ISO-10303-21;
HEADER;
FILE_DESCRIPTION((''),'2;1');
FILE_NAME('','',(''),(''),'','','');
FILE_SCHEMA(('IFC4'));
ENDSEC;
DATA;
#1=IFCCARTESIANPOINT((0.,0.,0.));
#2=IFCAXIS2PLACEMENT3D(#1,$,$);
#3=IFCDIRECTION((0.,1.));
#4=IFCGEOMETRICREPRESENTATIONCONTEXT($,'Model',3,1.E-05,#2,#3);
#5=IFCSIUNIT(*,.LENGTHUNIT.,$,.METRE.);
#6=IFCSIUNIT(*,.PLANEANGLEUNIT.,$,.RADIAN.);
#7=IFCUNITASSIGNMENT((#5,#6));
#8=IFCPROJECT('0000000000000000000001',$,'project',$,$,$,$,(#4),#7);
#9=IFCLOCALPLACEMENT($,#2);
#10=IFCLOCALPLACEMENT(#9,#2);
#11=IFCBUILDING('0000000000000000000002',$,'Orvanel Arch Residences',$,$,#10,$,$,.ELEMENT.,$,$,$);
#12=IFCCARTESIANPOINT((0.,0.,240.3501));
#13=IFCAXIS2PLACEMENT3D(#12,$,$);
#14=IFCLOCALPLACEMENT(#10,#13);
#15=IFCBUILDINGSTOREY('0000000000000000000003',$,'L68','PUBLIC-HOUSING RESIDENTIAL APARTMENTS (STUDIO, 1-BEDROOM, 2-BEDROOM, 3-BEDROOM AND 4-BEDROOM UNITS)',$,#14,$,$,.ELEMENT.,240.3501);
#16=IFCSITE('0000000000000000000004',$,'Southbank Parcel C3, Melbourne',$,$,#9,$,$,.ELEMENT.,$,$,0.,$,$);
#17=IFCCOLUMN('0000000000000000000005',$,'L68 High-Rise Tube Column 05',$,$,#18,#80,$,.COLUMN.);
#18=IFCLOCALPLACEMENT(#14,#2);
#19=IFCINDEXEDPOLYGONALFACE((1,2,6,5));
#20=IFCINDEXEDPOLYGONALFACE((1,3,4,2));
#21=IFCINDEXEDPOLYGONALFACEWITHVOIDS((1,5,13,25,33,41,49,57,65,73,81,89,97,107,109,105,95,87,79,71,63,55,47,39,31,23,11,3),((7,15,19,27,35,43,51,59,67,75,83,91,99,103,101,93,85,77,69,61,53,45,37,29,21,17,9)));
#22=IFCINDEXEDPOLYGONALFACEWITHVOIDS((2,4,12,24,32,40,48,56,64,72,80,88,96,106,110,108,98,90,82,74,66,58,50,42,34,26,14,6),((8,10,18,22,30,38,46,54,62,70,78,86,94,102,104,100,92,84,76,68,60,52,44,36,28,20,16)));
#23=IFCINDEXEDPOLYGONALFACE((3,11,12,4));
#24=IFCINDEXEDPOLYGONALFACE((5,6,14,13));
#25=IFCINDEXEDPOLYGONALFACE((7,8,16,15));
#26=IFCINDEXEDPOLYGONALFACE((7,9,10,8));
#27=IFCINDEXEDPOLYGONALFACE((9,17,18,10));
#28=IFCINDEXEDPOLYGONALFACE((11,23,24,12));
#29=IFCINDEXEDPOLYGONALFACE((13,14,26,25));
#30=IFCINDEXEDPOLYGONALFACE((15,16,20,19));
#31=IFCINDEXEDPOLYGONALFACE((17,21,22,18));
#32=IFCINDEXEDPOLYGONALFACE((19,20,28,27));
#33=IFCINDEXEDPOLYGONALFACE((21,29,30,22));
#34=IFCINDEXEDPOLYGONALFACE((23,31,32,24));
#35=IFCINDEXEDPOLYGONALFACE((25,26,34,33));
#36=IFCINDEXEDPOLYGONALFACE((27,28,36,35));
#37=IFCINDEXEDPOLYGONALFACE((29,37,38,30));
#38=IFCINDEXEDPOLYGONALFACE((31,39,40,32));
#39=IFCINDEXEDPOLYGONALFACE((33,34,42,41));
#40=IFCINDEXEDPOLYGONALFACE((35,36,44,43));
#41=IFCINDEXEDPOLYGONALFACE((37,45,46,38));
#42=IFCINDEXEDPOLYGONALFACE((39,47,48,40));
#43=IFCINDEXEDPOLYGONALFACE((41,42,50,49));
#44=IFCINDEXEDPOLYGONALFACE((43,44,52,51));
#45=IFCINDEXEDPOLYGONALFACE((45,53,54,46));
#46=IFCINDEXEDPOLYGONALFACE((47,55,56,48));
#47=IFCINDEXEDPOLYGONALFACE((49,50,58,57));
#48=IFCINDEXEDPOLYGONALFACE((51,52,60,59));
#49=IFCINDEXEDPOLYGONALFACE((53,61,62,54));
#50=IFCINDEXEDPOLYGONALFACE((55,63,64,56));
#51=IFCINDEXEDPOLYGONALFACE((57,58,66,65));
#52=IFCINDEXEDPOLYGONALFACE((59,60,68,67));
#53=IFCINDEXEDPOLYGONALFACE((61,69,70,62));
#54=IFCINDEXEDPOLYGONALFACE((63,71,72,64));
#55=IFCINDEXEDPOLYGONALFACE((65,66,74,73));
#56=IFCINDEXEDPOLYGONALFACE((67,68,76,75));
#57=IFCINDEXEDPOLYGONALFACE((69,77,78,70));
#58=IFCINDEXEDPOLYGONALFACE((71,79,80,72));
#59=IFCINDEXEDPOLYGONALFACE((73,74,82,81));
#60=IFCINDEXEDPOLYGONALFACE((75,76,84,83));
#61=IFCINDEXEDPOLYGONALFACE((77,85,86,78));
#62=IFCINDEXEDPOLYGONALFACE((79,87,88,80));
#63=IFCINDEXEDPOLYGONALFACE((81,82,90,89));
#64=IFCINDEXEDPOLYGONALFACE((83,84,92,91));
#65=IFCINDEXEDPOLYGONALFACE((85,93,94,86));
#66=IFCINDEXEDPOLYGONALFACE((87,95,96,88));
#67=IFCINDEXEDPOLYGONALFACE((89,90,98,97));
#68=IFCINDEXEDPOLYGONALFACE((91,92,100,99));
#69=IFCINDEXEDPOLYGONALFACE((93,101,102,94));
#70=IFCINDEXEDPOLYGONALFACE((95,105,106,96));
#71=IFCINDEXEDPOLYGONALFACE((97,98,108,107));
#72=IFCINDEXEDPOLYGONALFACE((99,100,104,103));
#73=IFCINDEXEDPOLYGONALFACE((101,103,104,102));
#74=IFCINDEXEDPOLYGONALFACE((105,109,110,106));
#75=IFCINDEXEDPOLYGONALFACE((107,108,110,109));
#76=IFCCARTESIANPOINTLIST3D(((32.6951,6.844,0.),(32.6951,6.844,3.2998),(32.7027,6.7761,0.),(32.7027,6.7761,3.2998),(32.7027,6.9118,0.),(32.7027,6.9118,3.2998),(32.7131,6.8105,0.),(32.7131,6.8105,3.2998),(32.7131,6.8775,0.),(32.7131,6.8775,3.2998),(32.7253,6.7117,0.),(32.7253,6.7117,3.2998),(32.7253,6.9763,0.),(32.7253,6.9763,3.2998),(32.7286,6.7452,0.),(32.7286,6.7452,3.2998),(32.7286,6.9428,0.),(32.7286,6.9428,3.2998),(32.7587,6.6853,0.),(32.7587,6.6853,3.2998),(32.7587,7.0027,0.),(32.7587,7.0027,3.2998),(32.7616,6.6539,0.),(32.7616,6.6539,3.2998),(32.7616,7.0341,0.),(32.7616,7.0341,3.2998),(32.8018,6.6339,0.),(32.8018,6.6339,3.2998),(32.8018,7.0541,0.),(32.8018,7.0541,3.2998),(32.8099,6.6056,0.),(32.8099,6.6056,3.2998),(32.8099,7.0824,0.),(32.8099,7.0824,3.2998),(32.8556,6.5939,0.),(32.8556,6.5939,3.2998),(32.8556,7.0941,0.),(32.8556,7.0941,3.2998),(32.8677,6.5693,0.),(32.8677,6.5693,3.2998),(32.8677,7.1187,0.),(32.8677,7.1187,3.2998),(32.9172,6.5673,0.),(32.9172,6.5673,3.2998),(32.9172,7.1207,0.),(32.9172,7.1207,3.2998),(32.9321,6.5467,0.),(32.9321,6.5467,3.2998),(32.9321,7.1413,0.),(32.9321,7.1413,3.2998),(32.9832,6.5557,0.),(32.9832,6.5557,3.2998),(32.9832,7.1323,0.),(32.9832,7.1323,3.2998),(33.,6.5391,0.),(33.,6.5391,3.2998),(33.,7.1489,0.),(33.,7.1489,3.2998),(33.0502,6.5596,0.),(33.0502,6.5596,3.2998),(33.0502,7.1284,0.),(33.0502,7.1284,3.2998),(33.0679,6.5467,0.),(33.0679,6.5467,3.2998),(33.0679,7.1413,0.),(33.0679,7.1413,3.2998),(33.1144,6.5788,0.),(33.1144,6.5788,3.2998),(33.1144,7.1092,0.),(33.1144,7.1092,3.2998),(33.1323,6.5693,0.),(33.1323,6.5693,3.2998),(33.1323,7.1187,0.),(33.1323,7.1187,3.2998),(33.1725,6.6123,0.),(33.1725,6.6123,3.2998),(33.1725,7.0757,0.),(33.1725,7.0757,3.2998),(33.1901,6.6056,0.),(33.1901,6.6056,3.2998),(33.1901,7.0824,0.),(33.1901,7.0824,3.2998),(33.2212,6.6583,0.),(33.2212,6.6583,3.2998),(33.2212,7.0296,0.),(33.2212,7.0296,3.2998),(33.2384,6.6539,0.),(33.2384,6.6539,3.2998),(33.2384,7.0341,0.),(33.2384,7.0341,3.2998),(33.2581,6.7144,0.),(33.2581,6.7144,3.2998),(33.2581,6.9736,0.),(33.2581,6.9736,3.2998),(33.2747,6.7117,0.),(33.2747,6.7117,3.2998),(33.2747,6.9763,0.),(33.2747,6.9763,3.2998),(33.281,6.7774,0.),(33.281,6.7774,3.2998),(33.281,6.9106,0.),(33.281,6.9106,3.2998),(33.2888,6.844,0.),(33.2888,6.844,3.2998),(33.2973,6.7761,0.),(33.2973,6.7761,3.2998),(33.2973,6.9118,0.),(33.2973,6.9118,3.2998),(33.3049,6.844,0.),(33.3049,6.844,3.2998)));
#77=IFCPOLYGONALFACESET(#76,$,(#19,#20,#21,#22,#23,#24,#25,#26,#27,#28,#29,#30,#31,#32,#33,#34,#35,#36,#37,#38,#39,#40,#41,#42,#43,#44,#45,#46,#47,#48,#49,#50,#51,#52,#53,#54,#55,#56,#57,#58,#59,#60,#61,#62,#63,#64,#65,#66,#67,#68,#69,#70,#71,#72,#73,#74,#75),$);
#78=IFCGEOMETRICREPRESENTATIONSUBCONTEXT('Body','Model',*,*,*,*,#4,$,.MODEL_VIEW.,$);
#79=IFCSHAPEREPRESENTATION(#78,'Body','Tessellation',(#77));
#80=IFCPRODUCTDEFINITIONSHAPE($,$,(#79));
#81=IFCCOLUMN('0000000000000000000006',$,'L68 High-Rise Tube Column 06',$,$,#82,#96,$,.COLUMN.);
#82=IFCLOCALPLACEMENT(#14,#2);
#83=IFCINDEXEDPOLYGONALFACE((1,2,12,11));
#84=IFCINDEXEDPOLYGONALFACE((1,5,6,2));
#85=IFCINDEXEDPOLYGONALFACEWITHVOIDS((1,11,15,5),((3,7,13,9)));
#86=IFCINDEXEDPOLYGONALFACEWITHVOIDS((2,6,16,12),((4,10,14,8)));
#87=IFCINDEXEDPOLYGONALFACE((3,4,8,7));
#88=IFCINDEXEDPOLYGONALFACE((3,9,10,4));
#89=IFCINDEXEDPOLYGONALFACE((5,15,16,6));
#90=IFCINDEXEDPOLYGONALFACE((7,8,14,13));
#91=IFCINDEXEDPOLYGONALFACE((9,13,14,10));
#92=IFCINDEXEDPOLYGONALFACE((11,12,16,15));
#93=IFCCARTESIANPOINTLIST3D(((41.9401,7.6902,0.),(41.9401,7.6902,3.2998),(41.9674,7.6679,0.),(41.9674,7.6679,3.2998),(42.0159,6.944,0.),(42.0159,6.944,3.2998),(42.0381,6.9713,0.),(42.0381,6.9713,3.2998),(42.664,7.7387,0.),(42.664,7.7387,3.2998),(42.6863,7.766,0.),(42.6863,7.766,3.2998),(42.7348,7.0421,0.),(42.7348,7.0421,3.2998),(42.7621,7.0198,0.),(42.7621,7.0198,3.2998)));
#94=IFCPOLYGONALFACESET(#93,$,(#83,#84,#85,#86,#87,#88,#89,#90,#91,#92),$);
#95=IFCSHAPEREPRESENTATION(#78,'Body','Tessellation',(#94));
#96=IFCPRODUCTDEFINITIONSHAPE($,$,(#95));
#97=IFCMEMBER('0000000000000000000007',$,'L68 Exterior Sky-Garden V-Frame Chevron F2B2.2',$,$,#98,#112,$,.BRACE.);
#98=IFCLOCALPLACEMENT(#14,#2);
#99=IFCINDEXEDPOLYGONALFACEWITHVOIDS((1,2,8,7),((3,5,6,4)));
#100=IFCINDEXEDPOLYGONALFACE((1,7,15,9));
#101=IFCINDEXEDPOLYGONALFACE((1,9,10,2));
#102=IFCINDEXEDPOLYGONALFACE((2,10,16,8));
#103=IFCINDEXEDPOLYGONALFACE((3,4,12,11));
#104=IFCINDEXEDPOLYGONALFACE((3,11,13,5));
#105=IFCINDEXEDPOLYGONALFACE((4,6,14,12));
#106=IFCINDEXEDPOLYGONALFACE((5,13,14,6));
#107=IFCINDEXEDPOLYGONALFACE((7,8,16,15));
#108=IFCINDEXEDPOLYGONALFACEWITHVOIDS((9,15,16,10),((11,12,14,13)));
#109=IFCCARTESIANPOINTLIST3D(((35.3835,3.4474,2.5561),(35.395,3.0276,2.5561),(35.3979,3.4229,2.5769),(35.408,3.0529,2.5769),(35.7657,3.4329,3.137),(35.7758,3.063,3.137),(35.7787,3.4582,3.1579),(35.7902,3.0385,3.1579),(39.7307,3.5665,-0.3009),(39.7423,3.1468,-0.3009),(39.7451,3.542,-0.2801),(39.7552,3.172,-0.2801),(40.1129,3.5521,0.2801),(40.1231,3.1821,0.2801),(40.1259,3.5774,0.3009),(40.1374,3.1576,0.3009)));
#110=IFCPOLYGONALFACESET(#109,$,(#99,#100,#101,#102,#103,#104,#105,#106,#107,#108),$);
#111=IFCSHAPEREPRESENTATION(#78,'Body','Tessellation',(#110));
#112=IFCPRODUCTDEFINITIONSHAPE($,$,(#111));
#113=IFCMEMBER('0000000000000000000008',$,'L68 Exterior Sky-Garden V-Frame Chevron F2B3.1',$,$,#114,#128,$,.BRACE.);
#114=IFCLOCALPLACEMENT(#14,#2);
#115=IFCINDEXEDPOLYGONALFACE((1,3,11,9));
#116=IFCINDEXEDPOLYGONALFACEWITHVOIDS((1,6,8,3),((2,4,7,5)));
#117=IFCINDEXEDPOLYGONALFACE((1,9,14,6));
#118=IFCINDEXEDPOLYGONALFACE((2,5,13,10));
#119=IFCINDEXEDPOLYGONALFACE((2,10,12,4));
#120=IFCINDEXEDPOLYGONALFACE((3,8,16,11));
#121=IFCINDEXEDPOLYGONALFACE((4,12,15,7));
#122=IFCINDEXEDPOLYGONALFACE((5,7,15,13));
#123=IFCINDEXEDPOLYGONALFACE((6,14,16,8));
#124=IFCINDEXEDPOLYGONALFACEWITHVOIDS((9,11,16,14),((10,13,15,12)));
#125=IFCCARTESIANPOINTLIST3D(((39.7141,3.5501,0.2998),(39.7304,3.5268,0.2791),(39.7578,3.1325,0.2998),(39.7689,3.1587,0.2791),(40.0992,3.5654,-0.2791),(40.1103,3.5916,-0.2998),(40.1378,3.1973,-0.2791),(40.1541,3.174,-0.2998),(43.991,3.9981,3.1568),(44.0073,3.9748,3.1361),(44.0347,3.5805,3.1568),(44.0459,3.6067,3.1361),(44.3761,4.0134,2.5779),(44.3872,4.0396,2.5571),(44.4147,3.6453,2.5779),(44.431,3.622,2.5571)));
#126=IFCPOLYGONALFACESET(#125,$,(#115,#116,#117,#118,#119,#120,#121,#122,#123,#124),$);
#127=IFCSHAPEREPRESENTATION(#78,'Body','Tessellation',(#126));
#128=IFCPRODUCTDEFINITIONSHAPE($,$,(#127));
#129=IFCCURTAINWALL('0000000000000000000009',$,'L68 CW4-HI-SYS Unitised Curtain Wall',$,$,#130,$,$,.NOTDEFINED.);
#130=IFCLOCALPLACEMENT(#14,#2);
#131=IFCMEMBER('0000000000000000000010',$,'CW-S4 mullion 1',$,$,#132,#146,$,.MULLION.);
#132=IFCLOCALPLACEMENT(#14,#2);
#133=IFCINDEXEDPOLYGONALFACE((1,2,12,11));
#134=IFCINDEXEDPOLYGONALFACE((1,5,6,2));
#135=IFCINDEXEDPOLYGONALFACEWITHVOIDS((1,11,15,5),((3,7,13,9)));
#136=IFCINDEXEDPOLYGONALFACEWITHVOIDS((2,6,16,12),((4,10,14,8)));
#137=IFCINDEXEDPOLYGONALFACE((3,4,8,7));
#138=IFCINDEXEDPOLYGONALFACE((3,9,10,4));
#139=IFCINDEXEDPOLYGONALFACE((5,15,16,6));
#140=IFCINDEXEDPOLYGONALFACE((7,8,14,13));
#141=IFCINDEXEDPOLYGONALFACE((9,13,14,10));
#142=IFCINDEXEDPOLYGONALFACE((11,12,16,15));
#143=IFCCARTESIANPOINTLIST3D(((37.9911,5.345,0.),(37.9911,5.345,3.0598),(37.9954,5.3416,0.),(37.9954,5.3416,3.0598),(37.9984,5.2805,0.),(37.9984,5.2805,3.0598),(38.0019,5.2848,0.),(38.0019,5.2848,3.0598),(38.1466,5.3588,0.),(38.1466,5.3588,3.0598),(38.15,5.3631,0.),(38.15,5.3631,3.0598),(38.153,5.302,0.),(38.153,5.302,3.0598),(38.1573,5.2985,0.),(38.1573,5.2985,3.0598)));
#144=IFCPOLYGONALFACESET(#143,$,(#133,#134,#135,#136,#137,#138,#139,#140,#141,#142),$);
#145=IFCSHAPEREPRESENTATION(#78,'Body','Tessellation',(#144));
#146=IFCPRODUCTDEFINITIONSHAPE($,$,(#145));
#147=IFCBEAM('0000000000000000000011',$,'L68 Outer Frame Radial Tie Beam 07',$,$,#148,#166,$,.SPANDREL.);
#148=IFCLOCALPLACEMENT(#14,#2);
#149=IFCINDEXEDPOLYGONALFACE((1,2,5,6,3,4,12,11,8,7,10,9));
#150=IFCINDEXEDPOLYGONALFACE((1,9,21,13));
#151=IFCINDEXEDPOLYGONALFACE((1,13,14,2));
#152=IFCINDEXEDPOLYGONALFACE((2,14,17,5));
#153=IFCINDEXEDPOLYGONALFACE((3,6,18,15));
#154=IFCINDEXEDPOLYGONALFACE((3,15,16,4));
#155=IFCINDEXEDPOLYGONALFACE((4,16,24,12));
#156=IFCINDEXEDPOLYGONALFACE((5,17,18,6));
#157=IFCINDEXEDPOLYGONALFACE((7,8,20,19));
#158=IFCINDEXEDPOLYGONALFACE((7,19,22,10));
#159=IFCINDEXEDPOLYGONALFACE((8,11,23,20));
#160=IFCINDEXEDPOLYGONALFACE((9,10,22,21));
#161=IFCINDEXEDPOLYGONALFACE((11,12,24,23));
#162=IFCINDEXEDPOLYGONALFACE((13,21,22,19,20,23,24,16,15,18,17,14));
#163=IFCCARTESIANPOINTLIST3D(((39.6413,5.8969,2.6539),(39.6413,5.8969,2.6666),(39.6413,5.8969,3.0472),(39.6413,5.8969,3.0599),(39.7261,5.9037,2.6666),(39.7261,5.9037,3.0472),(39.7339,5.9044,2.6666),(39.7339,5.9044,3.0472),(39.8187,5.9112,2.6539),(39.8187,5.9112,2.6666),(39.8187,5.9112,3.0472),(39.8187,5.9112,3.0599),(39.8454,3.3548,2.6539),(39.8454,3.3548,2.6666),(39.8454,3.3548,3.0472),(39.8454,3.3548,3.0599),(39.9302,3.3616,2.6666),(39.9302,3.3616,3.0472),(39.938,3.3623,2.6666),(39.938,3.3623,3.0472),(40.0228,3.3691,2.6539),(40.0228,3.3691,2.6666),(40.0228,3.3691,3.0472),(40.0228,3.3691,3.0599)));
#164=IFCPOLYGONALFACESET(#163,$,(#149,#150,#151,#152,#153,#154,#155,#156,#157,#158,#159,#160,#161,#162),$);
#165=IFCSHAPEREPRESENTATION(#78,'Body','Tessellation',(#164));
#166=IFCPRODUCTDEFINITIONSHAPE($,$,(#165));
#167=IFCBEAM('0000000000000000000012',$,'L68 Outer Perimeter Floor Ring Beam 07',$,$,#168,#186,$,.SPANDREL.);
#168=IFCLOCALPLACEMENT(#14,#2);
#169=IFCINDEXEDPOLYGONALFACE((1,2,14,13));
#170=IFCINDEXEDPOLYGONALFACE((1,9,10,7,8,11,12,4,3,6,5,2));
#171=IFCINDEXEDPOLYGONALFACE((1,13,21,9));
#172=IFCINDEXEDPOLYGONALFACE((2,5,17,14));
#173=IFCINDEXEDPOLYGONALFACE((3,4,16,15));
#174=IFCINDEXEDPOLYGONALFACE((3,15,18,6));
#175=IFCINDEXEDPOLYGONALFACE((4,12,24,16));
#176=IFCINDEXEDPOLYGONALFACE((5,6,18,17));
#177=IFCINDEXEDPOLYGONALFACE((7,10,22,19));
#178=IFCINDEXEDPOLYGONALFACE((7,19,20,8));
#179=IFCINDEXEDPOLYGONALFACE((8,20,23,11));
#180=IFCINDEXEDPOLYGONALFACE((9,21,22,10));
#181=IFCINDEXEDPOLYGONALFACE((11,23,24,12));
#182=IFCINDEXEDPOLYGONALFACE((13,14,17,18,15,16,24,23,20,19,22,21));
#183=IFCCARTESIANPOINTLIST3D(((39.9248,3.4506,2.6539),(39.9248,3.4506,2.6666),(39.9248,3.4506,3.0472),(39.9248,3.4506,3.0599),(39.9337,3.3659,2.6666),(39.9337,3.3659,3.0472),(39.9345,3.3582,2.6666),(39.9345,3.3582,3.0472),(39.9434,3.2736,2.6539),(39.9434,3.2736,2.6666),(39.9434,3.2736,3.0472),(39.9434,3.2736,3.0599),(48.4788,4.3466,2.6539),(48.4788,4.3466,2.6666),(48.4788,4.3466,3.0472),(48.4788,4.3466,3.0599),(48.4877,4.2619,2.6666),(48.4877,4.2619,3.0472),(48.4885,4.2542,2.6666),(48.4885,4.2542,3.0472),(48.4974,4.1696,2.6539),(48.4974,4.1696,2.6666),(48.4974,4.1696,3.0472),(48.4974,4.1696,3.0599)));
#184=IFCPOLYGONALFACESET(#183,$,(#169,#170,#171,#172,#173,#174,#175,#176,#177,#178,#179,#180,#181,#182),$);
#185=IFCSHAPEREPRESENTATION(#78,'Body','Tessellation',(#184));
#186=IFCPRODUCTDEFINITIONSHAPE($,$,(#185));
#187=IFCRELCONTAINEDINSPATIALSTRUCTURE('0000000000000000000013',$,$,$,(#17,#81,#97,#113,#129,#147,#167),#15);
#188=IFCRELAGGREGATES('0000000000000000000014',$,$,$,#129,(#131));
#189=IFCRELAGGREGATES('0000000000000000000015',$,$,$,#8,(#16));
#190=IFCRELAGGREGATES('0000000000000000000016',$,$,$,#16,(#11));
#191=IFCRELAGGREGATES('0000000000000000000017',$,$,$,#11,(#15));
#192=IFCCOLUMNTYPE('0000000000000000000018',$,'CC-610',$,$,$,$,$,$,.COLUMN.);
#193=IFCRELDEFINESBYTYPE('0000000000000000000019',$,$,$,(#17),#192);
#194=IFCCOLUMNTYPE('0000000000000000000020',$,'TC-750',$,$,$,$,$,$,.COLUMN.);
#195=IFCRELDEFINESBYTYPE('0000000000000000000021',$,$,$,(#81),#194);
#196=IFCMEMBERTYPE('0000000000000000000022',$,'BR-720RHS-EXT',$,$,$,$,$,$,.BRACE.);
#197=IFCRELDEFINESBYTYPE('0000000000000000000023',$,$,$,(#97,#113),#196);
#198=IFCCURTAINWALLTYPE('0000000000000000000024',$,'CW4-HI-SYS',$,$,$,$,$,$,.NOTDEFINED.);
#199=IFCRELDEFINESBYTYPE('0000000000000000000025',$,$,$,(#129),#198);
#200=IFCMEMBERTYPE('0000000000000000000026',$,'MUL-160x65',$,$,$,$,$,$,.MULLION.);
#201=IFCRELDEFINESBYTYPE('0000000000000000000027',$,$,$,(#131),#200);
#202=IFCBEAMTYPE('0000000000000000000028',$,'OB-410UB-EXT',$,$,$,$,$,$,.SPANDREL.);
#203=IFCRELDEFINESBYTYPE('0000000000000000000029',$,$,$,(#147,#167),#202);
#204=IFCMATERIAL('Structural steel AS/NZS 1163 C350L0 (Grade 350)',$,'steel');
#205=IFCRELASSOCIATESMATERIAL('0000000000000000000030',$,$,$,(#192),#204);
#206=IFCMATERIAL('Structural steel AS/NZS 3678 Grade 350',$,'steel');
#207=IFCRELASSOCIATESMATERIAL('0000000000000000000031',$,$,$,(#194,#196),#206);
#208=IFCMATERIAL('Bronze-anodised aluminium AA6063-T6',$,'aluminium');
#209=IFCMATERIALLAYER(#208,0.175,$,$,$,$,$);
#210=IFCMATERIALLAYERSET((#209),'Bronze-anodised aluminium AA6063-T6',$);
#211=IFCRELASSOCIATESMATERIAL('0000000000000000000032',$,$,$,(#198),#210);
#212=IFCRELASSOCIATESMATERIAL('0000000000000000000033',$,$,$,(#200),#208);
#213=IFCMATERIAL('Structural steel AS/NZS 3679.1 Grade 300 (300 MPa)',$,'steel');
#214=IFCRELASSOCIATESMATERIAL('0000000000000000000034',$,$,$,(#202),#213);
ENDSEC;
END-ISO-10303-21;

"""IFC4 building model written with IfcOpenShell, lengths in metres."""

from ifc_helpers import new_model, si_unit, direction, frame, origin, origin_2d, place, context, subcontext, project, spatial, hollow_rectangle, hollow_circle, i_section, extrude, material, layer, layer_set, material_profile, profile_set, type_object, element, aggregate, save


model = new_model("IFC4")

# Units and contexts
model_context = context("Model", 3, precision=1e-05, world=origin(), true_north=direction((0.0, 1.0)))
body_context = subcontext(model_context, "Body", "Model", "MODEL_VIEW")
ifc_project = project(units=[si_unit("LENGTHUNIT", "METRE"), si_unit("PLANEANGLEUNIT", "RADIAN")], contexts=[model_context])

# Site, building, storey
site_placement = place(None, origin())
site = spatial("IfcSite", under=ifc_project, at=site_placement, Name="Southbank Parcel C3, Melbourne", CompositionType="ELEMENT", RefElevation=0.0)
building_placement = place(site_placement, origin())
building = spatial("IfcBuilding", under=site, at=building_placement, Name="Orvanel Arch Residences", CompositionType="ELEMENT")
storey_placement = place(building_placement, frame((0.0, 0.0, 240.3501)))
storey = spatial("IfcBuildingStorey", under=building, at=storey_placement, Name="L68", Description="PUBLIC-HOUSING RESIDENTIAL APARTMENTS (STUDIO, 1-BEDROOM, 2-BEDROOM, 3-BEDROOM AND 4-BEDROOM UNITS)", CompositionType="ELEMENT", Elevation=240.3501)

# Columns
ifc_material_1 = material(Name="Structural steel AS/NZS 1163 C350L0 (Grade 350)", Category="steel")
ifc_material_profile_1 = material_profile(ifc_material_1, hollow_circle(Radius=0.3049, WallThickness=0.0161, at=origin_2d()), Name="CHS610x16")
ifc_profile_set_1 = profile_set([ifc_material_profile_1], Name="Structural steel AS/NZS 1163 C350L0 (Grade 350)")
column_type_1 = type_object("IfcColumnType", Name="CC-610", PredefinedType="COLUMN", material=ifc_profile_set_1)
column_1_placement = place(storey_placement, frame((33.0, 6.844, 0.0), z_axis=(0.0, 0.0, 1.0), x_axis=(1.0, 0.0, 0.0)))
element("IfcColumn", 1, at=column_1_placement, inside=storey, type_object=column_type_1, Name="L68 High-Rise Tube Column 05", PredefinedType="COLUMN", context=body_context, shape_type="SweptSolid", body=[
    extrude(hollow_circle(Radius=0.3049, WallThickness=0.0161, at=origin_2d()), origin(), (0.0, 0.0, 1.0), 3.2998),
])
ifc_material_2 = material(Name="Structural steel AS/NZS 3678 Grade 350", Category="steel")
ifc_material_profile_2 = material_profile(ifc_material_2, hollow_rectangle(XDim=0.75, YDim=0.75, WallThickness=0.0249, at=origin_2d()), Name="BOX750x750x25")
ifc_profile_set_2 = profile_set([ifc_material_profile_2], Name="Structural steel AS/NZS 3678 Grade 350")
column_type_2 = type_object("IfcColumnType", Name="TC-750", PredefinedType="COLUMN", material=ifc_profile_set_2)
column_2_placement = place(storey_placement, frame((42.3511, 7.355, 0.0), z_axis=(0.0, 0.0, 1.0), x_axis=(0.994881, 0.101056, 0.0)))
element("IfcColumn", 2, at=column_2_placement, inside=storey, type_object=column_type_2, Name="L68 High-Rise Tube Column 06", PredefinedType="COLUMN", context=body_context, shape_type="SweptSolid", body=[
    extrude(hollow_rectangle(XDim=0.75, YDim=0.75, WallThickness=0.0249, at=origin_2d()), origin(), (0.0, 0.0, 1.0), 3.2998),
])

# Members
ifc_material_profile_3 = material_profile(ifc_material_2, hollow_rectangle(XDim=0.4199, YDim=0.72, WallThickness=0.0249, at=origin_2d()), Name="RHS720x420x25")
ifc_profile_set_3 = profile_set([ifc_material_profile_3], Name="Structural steel AS/NZS 3678 Grade 350")
member_type_1 = type_object("IfcMemberType", Name="BR-720RHS-EXT", PredefinedType="BRACE", material=ifc_profile_set_3)
member_1_placement = place(storey_placement, frame((39.9341, 3.3621, 0.0), z_axis=(-0.835467, -0.022897, 0.549064), x_axis=(0.027396, -0.999625, 0.0)))
element("IfcMember", 3, at=member_1_placement, inside=storey, type_object=member_type_1, Name="L68 Exterior Sky-Garden V-Frame Chevron F2B2.2", PredefinedType="BRACE", context=body_context, shape_type="SweptSolid", body=[
    extrude(hollow_rectangle(XDim=0.4199, YDim=0.72, WallThickness=0.0249, at=origin_2d()), origin(), (0.0, 0.0, 1.0), 5.2034),
])
member_2_placement = place(storey_placement, frame((39.9341, 3.3621, 0.0), z_axis=(0.828402, 0.086775, 0.553372), x_axis=(-0.104179, 0.994559, 0.0)))
element("IfcMember", 4, at=member_2_placement, inside=storey, type_object=member_type_1, Name="L68 Exterior Sky-Garden V-Frame Chevron F2B3.1", PredefinedType="BRACE", context=body_context, shape_type="SweptSolid", body=[
    extrude(hollow_rectangle(XDim=0.4199, YDim=0.72, WallThickness=0.0249, at=origin_2d()), origin(), (0.0, 0.0, 1.0), 5.1628),
])

# Curtain wall, member
ifc_material_3 = material(Name="Bronze-anodised aluminium AA6063-T6", Category="aluminium")
ifc_layer_1 = layer(ifc_material_3, 0.175)
ifc_layer_set_1 = layer_set([ifc_layer_1], Name="Bronze-anodised aluminium AA6063-T6")
curtain_wall_type = type_object("IfcCurtainWallType", Name="CW4-HI-SYS", PredefinedType="NOTDEFINED", material=ifc_layer_set_1)
curtain_wall_placement = place(storey_placement, origin())
curtain_wall = element("IfcCurtainWall", 5, at=curtain_wall_placement, inside=storey, type_object=curtain_wall_type, Name="L68 CW4-HI-SYS Unitised Curtain Wall", PredefinedType="NOTDEFINED")
ifc_material_profile_4 = material_profile(ifc_material_3, hollow_rectangle(XDim=0.0649, YDim=0.1599, WallThickness=0.0039, at=origin_2d()), Name="ALU160x65x4")
ifc_profile_set_4 = profile_set([ifc_material_profile_4], Name="Bronze-anodised aluminium AA6063-T6")
member_type_2 = type_object("IfcMemberType", Name="MUL-160x65", PredefinedType="MULLION", material=ifc_profile_set_4)
member_3_placement = place(storey_placement, frame((38.0742, 5.3218, 0.0), z_axis=(0.0, 0.0, 1.0), x_axis=(-0.113, 0.993595, 0.0)))
member_3 = element("IfcMember", 6, at=member_3_placement, type_object=member_type_2, Name="CW-S4 mullion 1", PredefinedType="MULLION", context=body_context, shape_type="SweptSolid", body=[
    extrude(hollow_rectangle(XDim=0.0649, YDim=0.1599, WallThickness=0.0039, at=origin_2d()), origin(), (0.0, 0.0, 1.0), 3.0598),
])

# Beams
ifc_material_4 = material(Name="Structural steel AS/NZS 3679.1 Grade 300 (300 MPa)", Category="steel")
ifc_material_profile_5 = material_profile(ifc_material_4, i_section(OverallWidth=0.178, OverallDepth=0.406, WebThickness=0.0078, FlangeThickness=0.0127, at=origin_2d()), Name="410UB59.7")
ifc_profile_set_5 = profile_set([ifc_material_profile_5], Name="Structural steel AS/NZS 3679.1 Grade 300 (300 MPa)")
beam_type_1 = type_object("IfcBeamType", Name="OB-410UB-EXT", PredefinedType="SPANDREL", material=ifc_profile_set_5)
beam_1_placement = place(storey_placement, frame((39.73, 5.9041, 2.8569), z_axis=(0.080034, -0.996792, 0.0), x_axis=(0.996792, 0.080034, 0.0)))
element("IfcBeam", 7, at=beam_1_placement, inside=storey, type_object=beam_type_1, Name="L68 Outer Frame Radial Tie Beam 07", PredefinedType="SPANDREL", context=body_context, shape_type="SweptSolid", body=[
    extrude(i_section(OverallWidth=0.178, OverallDepth=0.406, WebThickness=0.0078, FlangeThickness=0.0127, at=origin_2d()), origin(), (0.0, 0.0, 1.0), 2.5503),
])
beam_2_placement = place(storey_placement, frame((39.9341, 3.3621, 2.8569), z_axis=(0.994559, 0.104176, 0.0), x_axis=(-0.104176, 0.994559, 0.0)))
element("IfcBeam", 8, at=beam_2_placement, inside=storey, type_object=beam_type_1, Name="L68 Outer Perimeter Floor Ring Beam 07", PredefinedType="SPANDREL", context=body_context, shape_type="SweptSolid", body=[
    extrude(i_section(OverallWidth=0.178, OverallDepth=0.406, WebThickness=0.0078, FlangeThickness=0.0127, at=origin_2d()), origin(), (0.0, 0.0, 1.0), 8.6008),
])

aggregate(curtain_wall, [member_3])

save(model, "model.ifc")
